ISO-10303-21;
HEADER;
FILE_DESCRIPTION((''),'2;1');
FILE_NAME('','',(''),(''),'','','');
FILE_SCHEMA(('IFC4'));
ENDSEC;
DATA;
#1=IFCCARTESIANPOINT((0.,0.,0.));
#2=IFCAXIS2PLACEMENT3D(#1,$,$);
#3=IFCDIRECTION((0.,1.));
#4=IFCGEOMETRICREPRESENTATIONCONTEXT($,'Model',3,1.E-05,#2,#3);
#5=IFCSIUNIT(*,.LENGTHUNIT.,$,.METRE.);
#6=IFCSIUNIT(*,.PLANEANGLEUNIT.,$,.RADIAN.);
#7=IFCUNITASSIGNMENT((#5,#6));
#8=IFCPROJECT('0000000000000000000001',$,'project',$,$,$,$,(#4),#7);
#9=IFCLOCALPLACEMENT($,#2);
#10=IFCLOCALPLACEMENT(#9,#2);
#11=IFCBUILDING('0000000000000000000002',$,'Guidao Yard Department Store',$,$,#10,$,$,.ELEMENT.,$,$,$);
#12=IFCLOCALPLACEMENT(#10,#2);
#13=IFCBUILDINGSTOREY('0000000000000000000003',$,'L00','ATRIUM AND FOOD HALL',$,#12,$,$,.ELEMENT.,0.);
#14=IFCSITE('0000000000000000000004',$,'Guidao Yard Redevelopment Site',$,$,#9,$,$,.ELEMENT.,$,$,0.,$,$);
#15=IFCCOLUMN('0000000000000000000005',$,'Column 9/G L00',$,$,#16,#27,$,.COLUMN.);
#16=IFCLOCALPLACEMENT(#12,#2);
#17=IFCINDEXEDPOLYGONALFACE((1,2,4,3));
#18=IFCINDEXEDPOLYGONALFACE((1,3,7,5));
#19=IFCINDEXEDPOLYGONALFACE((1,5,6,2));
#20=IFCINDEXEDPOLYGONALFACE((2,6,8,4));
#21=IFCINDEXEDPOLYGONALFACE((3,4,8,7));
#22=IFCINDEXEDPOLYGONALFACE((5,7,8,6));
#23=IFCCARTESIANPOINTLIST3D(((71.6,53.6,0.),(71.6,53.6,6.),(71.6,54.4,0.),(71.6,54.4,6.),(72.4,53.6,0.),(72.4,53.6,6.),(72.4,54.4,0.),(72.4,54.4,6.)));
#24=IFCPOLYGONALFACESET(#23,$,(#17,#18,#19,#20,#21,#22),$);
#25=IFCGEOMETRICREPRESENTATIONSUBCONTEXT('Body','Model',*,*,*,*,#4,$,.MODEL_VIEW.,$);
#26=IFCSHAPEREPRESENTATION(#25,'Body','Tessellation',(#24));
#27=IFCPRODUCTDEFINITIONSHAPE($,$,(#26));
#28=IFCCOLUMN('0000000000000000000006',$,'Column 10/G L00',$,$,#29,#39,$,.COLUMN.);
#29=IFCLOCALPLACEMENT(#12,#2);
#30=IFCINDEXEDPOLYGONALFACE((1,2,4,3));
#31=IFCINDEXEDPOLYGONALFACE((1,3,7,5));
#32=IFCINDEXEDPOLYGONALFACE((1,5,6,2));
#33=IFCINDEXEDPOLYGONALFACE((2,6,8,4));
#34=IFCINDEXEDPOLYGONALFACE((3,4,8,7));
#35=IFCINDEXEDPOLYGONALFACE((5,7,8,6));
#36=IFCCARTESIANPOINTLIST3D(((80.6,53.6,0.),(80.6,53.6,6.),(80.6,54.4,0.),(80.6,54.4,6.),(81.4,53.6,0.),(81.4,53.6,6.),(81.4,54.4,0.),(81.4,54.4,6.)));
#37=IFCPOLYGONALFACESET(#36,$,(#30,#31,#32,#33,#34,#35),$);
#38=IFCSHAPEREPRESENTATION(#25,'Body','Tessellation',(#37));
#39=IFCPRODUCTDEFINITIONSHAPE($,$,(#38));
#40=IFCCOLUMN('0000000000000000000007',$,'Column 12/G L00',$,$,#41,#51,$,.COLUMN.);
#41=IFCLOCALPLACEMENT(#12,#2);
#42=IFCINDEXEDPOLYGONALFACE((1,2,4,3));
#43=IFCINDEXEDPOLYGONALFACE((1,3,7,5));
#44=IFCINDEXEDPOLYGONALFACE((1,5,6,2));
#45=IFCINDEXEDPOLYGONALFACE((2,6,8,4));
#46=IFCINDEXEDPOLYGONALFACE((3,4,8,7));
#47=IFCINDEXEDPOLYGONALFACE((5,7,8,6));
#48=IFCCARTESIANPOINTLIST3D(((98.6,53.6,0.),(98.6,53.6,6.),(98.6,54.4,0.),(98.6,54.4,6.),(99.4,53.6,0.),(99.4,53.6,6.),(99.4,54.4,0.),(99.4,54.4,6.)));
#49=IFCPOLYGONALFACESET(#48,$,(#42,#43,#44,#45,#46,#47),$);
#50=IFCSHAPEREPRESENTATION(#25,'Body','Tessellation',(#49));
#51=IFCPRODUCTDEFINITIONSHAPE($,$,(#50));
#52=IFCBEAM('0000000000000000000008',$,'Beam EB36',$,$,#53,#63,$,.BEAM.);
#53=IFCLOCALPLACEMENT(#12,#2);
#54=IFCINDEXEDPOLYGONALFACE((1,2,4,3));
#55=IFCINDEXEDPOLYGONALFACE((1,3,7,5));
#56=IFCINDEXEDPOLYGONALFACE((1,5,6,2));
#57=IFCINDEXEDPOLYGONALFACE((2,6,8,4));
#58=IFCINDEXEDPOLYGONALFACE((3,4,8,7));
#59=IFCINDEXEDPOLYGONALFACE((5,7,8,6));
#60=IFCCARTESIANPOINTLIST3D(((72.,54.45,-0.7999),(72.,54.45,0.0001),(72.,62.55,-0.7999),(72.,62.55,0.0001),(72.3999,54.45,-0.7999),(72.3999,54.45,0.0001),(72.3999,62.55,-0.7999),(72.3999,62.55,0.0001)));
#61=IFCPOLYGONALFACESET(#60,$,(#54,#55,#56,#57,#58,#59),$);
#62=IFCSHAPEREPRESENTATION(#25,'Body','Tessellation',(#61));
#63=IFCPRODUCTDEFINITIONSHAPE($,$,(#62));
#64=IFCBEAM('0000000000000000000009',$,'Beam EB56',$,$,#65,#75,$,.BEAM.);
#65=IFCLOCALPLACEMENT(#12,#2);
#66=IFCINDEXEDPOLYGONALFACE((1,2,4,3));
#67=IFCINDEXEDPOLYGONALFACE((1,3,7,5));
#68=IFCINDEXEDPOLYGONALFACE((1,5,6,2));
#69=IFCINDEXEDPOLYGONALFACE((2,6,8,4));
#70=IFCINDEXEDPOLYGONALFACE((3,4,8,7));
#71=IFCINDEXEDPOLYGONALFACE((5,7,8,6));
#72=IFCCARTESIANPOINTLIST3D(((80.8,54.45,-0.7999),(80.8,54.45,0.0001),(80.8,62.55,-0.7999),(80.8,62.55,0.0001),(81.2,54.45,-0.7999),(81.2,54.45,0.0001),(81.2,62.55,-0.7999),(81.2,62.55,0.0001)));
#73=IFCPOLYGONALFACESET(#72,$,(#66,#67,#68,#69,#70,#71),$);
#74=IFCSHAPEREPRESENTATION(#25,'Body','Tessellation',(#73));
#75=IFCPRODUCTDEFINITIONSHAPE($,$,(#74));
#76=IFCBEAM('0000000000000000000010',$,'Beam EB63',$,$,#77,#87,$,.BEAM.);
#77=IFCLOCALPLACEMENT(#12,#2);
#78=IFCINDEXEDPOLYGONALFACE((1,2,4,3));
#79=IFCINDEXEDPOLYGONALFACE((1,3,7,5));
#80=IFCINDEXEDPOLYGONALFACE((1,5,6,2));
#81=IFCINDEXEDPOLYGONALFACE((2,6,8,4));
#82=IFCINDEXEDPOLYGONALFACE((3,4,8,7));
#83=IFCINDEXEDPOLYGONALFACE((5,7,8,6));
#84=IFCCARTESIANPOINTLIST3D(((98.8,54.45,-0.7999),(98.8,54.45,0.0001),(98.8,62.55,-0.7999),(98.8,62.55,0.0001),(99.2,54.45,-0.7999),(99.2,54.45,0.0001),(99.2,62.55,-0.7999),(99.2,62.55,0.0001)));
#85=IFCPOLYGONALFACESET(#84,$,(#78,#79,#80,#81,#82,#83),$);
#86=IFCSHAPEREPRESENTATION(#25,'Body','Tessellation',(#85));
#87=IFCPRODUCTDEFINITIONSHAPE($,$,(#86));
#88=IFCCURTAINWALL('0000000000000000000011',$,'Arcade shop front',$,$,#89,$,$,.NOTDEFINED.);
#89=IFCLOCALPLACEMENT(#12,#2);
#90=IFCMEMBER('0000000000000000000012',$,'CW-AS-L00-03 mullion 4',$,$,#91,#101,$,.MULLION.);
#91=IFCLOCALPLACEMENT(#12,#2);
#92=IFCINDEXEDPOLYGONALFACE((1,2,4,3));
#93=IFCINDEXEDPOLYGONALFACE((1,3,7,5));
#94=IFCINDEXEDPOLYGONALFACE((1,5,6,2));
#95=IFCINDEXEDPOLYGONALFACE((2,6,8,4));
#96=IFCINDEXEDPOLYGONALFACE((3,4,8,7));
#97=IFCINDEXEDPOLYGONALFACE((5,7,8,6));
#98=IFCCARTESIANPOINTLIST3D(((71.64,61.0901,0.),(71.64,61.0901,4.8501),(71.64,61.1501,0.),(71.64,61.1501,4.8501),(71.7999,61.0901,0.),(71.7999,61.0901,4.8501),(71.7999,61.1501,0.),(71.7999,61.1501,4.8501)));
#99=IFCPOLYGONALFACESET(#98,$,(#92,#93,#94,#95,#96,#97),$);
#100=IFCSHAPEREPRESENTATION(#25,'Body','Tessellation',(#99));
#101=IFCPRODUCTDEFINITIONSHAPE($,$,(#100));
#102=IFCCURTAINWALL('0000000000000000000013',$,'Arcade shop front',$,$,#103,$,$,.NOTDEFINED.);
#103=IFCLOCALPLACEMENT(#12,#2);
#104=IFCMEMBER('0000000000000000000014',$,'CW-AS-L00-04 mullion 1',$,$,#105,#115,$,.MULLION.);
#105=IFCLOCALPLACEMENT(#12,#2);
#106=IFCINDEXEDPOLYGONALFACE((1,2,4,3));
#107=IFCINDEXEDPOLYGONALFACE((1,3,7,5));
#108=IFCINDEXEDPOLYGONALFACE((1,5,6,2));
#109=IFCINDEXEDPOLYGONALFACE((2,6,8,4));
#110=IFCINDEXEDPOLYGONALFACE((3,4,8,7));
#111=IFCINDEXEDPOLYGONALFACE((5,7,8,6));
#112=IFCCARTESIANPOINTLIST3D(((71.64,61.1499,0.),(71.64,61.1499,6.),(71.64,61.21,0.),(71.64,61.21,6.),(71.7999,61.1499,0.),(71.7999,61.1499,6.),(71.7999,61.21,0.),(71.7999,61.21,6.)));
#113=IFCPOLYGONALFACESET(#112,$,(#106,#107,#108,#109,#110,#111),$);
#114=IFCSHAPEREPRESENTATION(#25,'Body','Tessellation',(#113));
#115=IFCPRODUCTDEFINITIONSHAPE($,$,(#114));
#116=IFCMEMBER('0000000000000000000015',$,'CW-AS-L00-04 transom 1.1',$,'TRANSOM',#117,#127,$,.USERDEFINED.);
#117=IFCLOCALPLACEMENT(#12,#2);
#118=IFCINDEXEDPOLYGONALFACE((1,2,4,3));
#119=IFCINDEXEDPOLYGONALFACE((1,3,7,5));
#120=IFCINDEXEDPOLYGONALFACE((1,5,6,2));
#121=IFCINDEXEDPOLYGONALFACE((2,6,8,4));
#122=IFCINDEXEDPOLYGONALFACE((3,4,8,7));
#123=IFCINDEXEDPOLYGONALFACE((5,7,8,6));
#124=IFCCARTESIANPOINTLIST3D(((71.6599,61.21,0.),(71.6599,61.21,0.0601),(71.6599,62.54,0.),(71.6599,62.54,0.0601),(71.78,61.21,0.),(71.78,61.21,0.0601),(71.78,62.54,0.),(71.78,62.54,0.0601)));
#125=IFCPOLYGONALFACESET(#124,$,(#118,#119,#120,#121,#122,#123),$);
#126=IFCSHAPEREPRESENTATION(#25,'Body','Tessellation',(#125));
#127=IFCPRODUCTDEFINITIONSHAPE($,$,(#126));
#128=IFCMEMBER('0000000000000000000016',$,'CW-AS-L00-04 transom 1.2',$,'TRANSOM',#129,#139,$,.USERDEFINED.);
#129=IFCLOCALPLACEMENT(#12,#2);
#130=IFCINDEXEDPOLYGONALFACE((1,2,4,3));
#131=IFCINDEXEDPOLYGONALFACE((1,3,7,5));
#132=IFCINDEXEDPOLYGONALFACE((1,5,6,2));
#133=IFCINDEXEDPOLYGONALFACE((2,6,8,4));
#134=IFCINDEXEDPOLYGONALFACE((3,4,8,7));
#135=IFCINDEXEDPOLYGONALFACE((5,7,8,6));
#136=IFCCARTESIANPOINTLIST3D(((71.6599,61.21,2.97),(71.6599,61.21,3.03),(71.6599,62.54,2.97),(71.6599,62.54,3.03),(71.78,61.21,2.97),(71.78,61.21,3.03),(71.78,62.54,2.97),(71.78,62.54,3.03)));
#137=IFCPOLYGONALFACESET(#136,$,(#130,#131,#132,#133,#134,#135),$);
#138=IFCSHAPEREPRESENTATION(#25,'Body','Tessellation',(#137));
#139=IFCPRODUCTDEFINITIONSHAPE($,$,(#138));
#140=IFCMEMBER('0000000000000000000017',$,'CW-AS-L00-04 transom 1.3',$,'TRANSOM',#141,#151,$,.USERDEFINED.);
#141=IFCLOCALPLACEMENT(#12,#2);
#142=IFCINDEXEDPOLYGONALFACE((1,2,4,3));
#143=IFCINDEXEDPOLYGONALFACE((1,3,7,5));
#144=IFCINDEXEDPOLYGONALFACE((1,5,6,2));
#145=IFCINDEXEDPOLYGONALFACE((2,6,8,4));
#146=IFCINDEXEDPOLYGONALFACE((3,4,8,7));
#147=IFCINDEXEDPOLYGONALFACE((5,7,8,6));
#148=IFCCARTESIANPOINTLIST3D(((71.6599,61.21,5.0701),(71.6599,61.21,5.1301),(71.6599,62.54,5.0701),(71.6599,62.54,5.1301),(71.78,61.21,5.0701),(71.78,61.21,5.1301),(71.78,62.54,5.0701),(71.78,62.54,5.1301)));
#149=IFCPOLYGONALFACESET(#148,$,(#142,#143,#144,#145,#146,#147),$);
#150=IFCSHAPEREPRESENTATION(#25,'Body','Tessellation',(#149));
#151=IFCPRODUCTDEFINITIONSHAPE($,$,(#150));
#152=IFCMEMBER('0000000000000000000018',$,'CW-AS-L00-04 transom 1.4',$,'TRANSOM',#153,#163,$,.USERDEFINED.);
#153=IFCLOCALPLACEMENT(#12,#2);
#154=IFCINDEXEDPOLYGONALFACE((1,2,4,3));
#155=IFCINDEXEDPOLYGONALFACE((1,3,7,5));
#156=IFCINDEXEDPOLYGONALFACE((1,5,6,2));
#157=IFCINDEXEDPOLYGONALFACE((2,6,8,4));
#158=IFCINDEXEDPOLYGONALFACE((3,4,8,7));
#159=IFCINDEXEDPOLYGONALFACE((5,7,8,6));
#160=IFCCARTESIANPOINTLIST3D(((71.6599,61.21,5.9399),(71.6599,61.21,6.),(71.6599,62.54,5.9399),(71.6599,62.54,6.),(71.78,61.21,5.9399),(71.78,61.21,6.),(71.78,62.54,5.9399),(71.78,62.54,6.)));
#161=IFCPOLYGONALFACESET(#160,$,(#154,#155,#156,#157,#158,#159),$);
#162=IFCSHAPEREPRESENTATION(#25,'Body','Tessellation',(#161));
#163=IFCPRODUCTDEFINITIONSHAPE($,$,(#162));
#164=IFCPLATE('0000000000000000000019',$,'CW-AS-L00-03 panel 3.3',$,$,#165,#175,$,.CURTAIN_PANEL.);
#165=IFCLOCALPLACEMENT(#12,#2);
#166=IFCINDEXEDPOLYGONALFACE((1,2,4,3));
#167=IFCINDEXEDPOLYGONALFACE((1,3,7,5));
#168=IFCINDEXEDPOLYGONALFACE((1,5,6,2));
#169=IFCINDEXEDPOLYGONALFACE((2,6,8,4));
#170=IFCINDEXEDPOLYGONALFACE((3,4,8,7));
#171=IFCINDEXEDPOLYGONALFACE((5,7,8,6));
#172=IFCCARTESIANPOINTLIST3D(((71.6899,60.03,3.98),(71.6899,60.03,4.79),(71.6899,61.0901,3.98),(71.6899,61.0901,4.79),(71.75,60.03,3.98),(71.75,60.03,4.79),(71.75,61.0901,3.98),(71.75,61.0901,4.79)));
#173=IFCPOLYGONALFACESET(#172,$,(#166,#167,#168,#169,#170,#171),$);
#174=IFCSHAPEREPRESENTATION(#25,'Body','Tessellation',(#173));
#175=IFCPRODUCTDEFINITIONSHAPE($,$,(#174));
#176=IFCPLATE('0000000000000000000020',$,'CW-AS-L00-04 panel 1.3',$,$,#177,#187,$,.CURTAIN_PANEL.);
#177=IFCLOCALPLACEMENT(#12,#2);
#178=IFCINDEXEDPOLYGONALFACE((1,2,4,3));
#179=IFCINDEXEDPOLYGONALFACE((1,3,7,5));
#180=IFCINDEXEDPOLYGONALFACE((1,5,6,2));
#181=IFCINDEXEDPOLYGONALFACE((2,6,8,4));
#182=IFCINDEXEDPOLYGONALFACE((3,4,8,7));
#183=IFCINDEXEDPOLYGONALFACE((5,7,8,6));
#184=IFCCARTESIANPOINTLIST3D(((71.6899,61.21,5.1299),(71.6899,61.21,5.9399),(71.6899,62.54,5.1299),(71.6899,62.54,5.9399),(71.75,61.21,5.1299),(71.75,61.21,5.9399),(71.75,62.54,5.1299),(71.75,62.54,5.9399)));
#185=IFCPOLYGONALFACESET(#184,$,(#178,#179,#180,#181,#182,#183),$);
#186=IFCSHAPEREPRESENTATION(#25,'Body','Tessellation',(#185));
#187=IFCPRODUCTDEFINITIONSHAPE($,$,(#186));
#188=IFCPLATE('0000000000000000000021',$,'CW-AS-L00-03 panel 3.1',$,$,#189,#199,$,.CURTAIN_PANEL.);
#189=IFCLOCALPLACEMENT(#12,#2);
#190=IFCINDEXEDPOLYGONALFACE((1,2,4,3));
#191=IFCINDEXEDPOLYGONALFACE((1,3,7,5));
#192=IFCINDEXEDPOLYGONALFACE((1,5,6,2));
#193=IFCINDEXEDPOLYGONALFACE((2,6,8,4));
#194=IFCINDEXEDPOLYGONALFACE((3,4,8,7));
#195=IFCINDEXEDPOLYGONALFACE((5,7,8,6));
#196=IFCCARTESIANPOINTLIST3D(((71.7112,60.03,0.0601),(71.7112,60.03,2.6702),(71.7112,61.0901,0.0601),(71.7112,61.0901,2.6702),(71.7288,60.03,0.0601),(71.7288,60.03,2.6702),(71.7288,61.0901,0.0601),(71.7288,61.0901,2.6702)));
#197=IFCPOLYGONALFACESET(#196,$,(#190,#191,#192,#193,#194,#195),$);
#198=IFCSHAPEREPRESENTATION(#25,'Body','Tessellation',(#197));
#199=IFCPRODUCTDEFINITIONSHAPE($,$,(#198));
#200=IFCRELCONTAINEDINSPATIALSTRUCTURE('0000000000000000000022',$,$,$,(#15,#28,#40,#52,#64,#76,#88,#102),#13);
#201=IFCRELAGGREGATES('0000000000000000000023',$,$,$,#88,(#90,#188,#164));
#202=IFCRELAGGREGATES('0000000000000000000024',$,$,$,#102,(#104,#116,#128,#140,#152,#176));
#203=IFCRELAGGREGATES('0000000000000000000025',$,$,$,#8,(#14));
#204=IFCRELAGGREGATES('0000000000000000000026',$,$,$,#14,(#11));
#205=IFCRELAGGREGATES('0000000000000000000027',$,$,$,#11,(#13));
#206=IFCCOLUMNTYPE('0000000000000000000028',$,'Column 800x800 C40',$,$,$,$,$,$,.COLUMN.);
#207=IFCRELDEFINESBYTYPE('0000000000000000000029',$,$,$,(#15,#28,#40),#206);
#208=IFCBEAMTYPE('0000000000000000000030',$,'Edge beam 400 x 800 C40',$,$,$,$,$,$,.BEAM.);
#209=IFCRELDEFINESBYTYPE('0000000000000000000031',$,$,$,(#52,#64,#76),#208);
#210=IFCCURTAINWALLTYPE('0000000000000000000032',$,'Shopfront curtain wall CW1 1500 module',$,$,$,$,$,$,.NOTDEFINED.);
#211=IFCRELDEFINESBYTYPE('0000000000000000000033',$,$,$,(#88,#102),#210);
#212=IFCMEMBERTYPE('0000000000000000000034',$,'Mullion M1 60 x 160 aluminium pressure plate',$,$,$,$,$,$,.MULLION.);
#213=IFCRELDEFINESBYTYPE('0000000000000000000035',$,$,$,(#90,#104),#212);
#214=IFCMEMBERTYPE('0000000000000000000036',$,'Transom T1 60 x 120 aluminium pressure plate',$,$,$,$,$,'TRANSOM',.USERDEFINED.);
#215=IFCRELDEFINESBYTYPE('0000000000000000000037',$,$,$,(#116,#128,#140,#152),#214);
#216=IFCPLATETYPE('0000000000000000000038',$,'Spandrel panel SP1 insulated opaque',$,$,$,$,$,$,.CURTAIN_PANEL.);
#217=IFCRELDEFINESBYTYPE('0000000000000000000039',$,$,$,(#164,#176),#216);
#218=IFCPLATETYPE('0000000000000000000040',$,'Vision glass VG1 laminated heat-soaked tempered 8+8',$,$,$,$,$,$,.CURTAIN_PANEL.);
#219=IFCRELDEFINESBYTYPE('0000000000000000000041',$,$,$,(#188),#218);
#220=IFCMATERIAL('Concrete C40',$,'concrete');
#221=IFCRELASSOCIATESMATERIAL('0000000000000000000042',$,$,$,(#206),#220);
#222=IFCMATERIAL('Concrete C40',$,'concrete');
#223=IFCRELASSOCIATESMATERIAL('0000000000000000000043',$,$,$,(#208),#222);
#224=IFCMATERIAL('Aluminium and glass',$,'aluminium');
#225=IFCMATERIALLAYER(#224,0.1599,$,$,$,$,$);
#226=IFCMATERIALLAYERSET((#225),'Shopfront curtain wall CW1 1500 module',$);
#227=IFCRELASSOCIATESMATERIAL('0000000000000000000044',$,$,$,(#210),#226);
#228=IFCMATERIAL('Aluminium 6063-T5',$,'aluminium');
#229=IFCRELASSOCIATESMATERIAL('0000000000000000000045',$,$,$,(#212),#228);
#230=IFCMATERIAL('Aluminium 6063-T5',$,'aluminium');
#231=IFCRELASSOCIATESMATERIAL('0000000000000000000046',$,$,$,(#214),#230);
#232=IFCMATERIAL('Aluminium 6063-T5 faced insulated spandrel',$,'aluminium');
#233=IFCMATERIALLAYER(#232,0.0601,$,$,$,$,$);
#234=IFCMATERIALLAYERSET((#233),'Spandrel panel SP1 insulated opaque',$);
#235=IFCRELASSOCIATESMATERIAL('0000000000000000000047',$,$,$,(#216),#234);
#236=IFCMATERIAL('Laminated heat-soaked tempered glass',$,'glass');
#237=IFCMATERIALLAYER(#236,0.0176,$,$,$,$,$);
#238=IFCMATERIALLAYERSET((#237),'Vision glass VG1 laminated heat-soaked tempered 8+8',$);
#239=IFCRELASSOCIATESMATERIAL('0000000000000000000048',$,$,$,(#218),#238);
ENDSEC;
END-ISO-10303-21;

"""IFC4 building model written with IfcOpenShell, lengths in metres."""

from ifc_helpers import new_model, si_unit, direction, frame, origin, origin_2d, place, context, subcontext, project, spatial, rectangle, extrude, material, layer, layer_set, material_profile, profile_set, type_object, element, aggregate, save


model = new_model("IFC4")

# Units and contexts
model_context = context("Model", 3, precision=1e-05, world=origin(), true_north=direction((0.0, 1.0)))
body_context = subcontext(model_context, "Body", "Model", "MODEL_VIEW")
ifc_project = project(units=[si_unit("LENGTHUNIT", "METRE"), si_unit("PLANEANGLEUNIT", "RADIAN")], contexts=[model_context])

# Site, building, storey
site_placement = place(None, origin())
site = spatial("IfcSite", under=ifc_project, at=site_placement, Name="Guidao Yard Redevelopment Site", CompositionType="ELEMENT", RefElevation=0.0)
building_placement = place(site_placement, origin())
building = spatial("IfcBuilding", under=site, at=building_placement, Name="Guidao Yard Department Store", CompositionType="ELEMENT")
storey_placement = place(building_placement, origin())
storey = spatial("IfcBuildingStorey", under=building, at=storey_placement, Name="L00", Description="ATRIUM AND FOOD HALL", CompositionType="ELEMENT", Elevation=0.0)

# Columns
ifc_material_1 = material(Name="Concrete C40", Category="concrete")
ifc_material_profile_1 = material_profile(ifc_material_1, rectangle(XDim=0.8, YDim=0.8, at=origin_2d()), Name="COL 800x800")
ifc_profile_set_1 = profile_set([ifc_material_profile_1], Name="Concrete C40")
column_type = type_object("IfcColumnType", Name="Column 800x800 C40", PredefinedType="COLUMN", material=ifc_profile_set_1)
for number, where, z_axis, x_axis, name in (
    (1, (72.0, 54.0, 0.0), (0.0, 0.0, 1.0), (1.0, 0.0, 0.0), "Column 9/G L00"),
    (2, (81.0, 54.0, 0.0), (0.0, 0.0, 1.0), (1.0, 0.0, 0.0), "Column 10/G L00"),
    (3, (99.0, 54.0, 0.0), (0.0, 0.0, 1.0), (1.0, 0.0, 0.0), "Column 12/G L00"),
):
    element("IfcColumn", number, at=place(storey_placement, frame(where, z_axis=z_axis, x_axis=x_axis)), inside=storey, type_object=column_type, Name=name, PredefinedType="COLUMN", context=body_context, shape_type="SweptSolid", body=[
        extrude(rectangle(XDim=0.8, YDim=0.8, at=origin_2d()), origin(), (0.0, 0.0, 1.0), 6.0),
    ])

# Beams
ifc_material_2 = material(Name="Concrete C40", Category="concrete")
ifc_material_profile_2 = material_profile(ifc_material_2, rectangle(XDim=0.3999, YDim=0.8, at=origin_2d()), Name="Edge beam 400 x 800 C40")
ifc_profile_set_2 = profile_set([ifc_material_profile_2], Name="Concrete C40")
beam_type = type_object("IfcBeamType", Name="Edge beam 400 x 800 C40", PredefinedType="BEAM", material=ifc_profile_set_2)
for number, where, z_axis, x_axis, name in (
    (4, (72.2, 54.45, -0.3999), (0.0, 1.0, 0.0), (-1.0, 0.0, 0.0), "Beam EB36"),
    (5, (81.0, 54.45, -0.3999), (0.0, 1.0, 0.0), (-1.0, 0.0, 0.0), "Beam EB56"),
    (6, (99.0, 54.45, -0.3999), (0.0, 1.0, 0.0), (-1.0, 0.0, 0.0), "Beam EB63"),
):
    element("IfcBeam", number, at=place(storey_placement, frame(where, z_axis=z_axis, x_axis=x_axis)), inside=storey, type_object=beam_type, Name=name, PredefinedType="BEAM", context=body_context, shape_type="SweptSolid", body=[
        extrude(rectangle(XDim=0.3999, YDim=0.8, at=origin_2d()), origin(), (0.0, 0.0, 1.0), 8.1001),
    ])

# Curtain wall, member
ifc_material_3 = material(Name="Aluminium and glass", Category="aluminium")
ifc_layer_1 = layer(ifc_material_3, 0.1599)
ifc_layer_set_1 = layer_set([ifc_layer_1], Name="Shopfront curtain wall CW1 1500 module")
curtain_wall_type = type_object("IfcCurtainWallType", Name="Shopfront curtain wall CW1 1500 module", PredefinedType="NOTDEFINED", material=ifc_layer_set_1)
curtain_wall_1_placement = place(storey_placement, origin())
curtain_wall_1 = element("IfcCurtainWall", 7, at=curtain_wall_1_placement, inside=storey, type_object=curtain_wall_type, Name="Arcade shop front", PredefinedType="NOTDEFINED")
ifc_material_4 = material(Name="Aluminium 6063-T5", Category="aluminium")
ifc_material_profile_3 = material_profile(ifc_material_4, rectangle(XDim=0.0601, YDim=0.1599, at=origin_2d()), Name="Mullion M1 60 x 160 aluminium pressure plate")
ifc_profile_set_3 = profile_set([ifc_material_profile_3], Name="Aluminium 6063-T5")
member_type_1 = type_object("IfcMemberType", Name="Mullion M1 60 x 160 aluminium pressure plate", PredefinedType="MULLION", material=ifc_profile_set_3)
member_1_placement = place(storey_placement, frame((71.72, 61.1201, 0.0), z_axis=(0.0, 0.0, 1.0), x_axis=(0.0, 1.0, 0.0)))
member_1 = element("IfcMember", 8, at=member_1_placement, type_object=member_type_1, Name="CW-AS-L00-03 mullion 4", PredefinedType="MULLION", context=body_context, shape_type="SweptSolid", body=[
    extrude(rectangle(XDim=0.0601, YDim=0.1599, at=origin_2d()), origin(), (0.0, 0.0, 1.0), 4.8501),
])

# Curtain wall, members
curtain_wall_2_placement = place(storey_placement, origin())
curtain_wall_2 = element("IfcCurtainWall", 9, at=curtain_wall_2_placement, inside=storey, type_object=curtain_wall_type, Name="Arcade shop front", PredefinedType="NOTDEFINED")
member_2_placement = place(storey_placement, frame((71.72, 61.1799, 0.0), z_axis=(0.0, 0.0, 1.0), x_axis=(0.0, 1.0, 0.0)))
member_2 = element("IfcMember", 10, at=member_2_placement, type_object=member_type_1, Name="CW-AS-L00-04 mullion 1", PredefinedType="MULLION", context=body_context, shape_type="SweptSolid", body=[
    extrude(rectangle(XDim=0.0601, YDim=0.1599, at=origin_2d()), origin(), (0.0, 0.0, 1.0), 6.0),
])
ifc_material_5 = material(Name="Aluminium 6063-T5", Category="aluminium")
ifc_material_profile_4 = material_profile(ifc_material_5, rectangle(XDim=0.1201, YDim=0.0601, at=origin_2d()), Name="Transom T1 60 x 120 aluminium pressure plate")
ifc_profile_set_4 = profile_set([ifc_material_profile_4], Name="Aluminium 6063-T5")
member_type_2 = type_object("IfcMemberType", Name="Transom T1 60 x 120 aluminium pressure plate", ElementType="TRANSOM", PredefinedType="USERDEFINED", material=ifc_profile_set_4)
member_3_placement = place(storey_placement, frame((71.72, 61.21, 0.03), z_axis=(0.0, 1.0, 0.0), x_axis=(-1.0, 0.0, 0.0)))
member_3 = element("IfcMember", 11, at=member_3_placement, type_object=member_type_2, Name="CW-AS-L00-04 transom 1.1", ObjectType="TRANSOM", PredefinedType="USERDEFINED", context=body_context, shape_type="SweptSolid", body=[
    extrude(rectangle(XDim=0.1201, YDim=0.0601, at=origin_2d()), origin(), (0.0, 0.0, 1.0), 1.3301),
])
member_4_placement = place(storey_placement, frame((71.72, 61.21, 3.0), z_axis=(0.0, 1.0, 0.0), x_axis=(-1.0, 0.0, 0.0)))
member_4 = element("IfcMember", 12, at=member_4_placement, type_object=member_type_2, Name="CW-AS-L00-04 transom 1.2", ObjectType="TRANSOM", PredefinedType="USERDEFINED", context=body_context, shape_type="SweptSolid", body=[
    extrude(rectangle(XDim=0.1201, YDim=0.0601, at=origin_2d()), origin(), (0.0, 0.0, 1.0), 1.3301),
])
member_5_placement = place(storey_placement, frame((71.72, 61.21, 5.1001), z_axis=(0.0, 1.0, 0.0), x_axis=(-1.0, 0.0, 0.0)))
member_5 = element("IfcMember", 13, at=member_5_placement, type_object=member_type_2, Name="CW-AS-L00-04 transom 1.3", ObjectType="TRANSOM", PredefinedType="USERDEFINED", context=body_context, shape_type="SweptSolid", body=[
    extrude(rectangle(XDim=0.1201, YDim=0.0601, at=origin_2d()), origin(), (0.0, 0.0, 1.0), 1.3301),
])
member_6_placement = place(storey_placement, frame((71.72, 61.21, 5.97), z_axis=(0.0, 1.0, 0.0), x_axis=(-1.0, 0.0, 0.0)))
member_6 = element("IfcMember", 14, at=member_6_placement, type_object=member_type_2, Name="CW-AS-L00-04 transom 1.4", ObjectType="TRANSOM", PredefinedType="USERDEFINED", context=body_context, shape_type="SweptSolid", body=[
    extrude(rectangle(XDim=0.1201, YDim=0.0601, at=origin_2d()), origin(), (0.0, 0.0, 1.0), 1.3301),
])

# Plates
ifc_material_6 = material(Name="Aluminium 6063-T5 faced insulated spandrel", Category="aluminium")
ifc_layer_2 = layer(ifc_material_6, 0.0601)
ifc_layer_set_2 = layer_set([ifc_layer_2], Name="Spandrel panel SP1 insulated opaque")
plate_type_1 = type_object("IfcPlateType", Name="Spandrel panel SP1 insulated opaque", PredefinedType="CURTAIN_PANEL", material=ifc_layer_set_2)
plate_1_placement = place(storey_placement, frame((71.72, 60.5601, 3.98), z_axis=(0.0, 0.0, 1.0), x_axis=(0.0, 1.0, 0.0)))
plate_1 = element("IfcPlate", 15, at=plate_1_placement, type_object=plate_type_1, Name="CW-AS-L00-03 panel 3.3", PredefinedType="CURTAIN_PANEL", context=body_context, shape_type="SweptSolid", body=[
    extrude(rectangle(XDim=1.0601, YDim=0.0601, at=origin_2d()), origin(), (0.0, 0.0, 1.0), 0.8101),
])
plate_2_placement = place(storey_placement, frame((71.72, 61.875, 5.1299), z_axis=(0.0, 0.0, 1.0), x_axis=(0.0, 1.0, 0.0)))
plate_2 = element("IfcPlate", 16, at=plate_2_placement, type_object=plate_type_1, Name="CW-AS-L00-04 panel 1.3", PredefinedType="CURTAIN_PANEL", context=body_context, shape_type="SweptSolid", body=[
    extrude(rectangle(XDim=1.3301, YDim=0.0601, at=origin_2d()), origin(), (0.0, 0.0, 1.0), 0.8101),
])
ifc_material_7 = material(Name="Laminated heat-soaked tempered glass", Category="glass")
ifc_layer_3 = layer(ifc_material_7, 0.0176)
ifc_layer_set_3 = layer_set([ifc_layer_3], Name="Vision glass VG1 laminated heat-soaked tempered 8+8")
plate_type_2 = type_object("IfcPlateType", Name="Vision glass VG1 laminated heat-soaked tempered 8+8", PredefinedType="CURTAIN_PANEL", material=ifc_layer_set_3)
plate_3_placement = place(storey_placement, frame((71.72, 60.5601, 0.0601), z_axis=(0.0, 0.0, 1.0), x_axis=(0.0, 1.0, 0.0)))
plate_3 = element("IfcPlate", 17, at=plate_3_placement, type_object=plate_type_2, Name="CW-AS-L00-03 panel 3.1", PredefinedType="CURTAIN_PANEL", context=body_context, shape_type="SweptSolid", body=[
    extrude(rectangle(XDim=1.0601, YDim=0.0176, at=origin_2d()), origin(), (0.0, 0.0, 1.0), 2.6101),
])
aggregate(curtain_wall_1, [member_1, plate_3, plate_1])
aggregate(curtain_wall_2, [member_2, member_3, member_4, member_5, member_6, plate_2])

save(model, "model.ifc")
